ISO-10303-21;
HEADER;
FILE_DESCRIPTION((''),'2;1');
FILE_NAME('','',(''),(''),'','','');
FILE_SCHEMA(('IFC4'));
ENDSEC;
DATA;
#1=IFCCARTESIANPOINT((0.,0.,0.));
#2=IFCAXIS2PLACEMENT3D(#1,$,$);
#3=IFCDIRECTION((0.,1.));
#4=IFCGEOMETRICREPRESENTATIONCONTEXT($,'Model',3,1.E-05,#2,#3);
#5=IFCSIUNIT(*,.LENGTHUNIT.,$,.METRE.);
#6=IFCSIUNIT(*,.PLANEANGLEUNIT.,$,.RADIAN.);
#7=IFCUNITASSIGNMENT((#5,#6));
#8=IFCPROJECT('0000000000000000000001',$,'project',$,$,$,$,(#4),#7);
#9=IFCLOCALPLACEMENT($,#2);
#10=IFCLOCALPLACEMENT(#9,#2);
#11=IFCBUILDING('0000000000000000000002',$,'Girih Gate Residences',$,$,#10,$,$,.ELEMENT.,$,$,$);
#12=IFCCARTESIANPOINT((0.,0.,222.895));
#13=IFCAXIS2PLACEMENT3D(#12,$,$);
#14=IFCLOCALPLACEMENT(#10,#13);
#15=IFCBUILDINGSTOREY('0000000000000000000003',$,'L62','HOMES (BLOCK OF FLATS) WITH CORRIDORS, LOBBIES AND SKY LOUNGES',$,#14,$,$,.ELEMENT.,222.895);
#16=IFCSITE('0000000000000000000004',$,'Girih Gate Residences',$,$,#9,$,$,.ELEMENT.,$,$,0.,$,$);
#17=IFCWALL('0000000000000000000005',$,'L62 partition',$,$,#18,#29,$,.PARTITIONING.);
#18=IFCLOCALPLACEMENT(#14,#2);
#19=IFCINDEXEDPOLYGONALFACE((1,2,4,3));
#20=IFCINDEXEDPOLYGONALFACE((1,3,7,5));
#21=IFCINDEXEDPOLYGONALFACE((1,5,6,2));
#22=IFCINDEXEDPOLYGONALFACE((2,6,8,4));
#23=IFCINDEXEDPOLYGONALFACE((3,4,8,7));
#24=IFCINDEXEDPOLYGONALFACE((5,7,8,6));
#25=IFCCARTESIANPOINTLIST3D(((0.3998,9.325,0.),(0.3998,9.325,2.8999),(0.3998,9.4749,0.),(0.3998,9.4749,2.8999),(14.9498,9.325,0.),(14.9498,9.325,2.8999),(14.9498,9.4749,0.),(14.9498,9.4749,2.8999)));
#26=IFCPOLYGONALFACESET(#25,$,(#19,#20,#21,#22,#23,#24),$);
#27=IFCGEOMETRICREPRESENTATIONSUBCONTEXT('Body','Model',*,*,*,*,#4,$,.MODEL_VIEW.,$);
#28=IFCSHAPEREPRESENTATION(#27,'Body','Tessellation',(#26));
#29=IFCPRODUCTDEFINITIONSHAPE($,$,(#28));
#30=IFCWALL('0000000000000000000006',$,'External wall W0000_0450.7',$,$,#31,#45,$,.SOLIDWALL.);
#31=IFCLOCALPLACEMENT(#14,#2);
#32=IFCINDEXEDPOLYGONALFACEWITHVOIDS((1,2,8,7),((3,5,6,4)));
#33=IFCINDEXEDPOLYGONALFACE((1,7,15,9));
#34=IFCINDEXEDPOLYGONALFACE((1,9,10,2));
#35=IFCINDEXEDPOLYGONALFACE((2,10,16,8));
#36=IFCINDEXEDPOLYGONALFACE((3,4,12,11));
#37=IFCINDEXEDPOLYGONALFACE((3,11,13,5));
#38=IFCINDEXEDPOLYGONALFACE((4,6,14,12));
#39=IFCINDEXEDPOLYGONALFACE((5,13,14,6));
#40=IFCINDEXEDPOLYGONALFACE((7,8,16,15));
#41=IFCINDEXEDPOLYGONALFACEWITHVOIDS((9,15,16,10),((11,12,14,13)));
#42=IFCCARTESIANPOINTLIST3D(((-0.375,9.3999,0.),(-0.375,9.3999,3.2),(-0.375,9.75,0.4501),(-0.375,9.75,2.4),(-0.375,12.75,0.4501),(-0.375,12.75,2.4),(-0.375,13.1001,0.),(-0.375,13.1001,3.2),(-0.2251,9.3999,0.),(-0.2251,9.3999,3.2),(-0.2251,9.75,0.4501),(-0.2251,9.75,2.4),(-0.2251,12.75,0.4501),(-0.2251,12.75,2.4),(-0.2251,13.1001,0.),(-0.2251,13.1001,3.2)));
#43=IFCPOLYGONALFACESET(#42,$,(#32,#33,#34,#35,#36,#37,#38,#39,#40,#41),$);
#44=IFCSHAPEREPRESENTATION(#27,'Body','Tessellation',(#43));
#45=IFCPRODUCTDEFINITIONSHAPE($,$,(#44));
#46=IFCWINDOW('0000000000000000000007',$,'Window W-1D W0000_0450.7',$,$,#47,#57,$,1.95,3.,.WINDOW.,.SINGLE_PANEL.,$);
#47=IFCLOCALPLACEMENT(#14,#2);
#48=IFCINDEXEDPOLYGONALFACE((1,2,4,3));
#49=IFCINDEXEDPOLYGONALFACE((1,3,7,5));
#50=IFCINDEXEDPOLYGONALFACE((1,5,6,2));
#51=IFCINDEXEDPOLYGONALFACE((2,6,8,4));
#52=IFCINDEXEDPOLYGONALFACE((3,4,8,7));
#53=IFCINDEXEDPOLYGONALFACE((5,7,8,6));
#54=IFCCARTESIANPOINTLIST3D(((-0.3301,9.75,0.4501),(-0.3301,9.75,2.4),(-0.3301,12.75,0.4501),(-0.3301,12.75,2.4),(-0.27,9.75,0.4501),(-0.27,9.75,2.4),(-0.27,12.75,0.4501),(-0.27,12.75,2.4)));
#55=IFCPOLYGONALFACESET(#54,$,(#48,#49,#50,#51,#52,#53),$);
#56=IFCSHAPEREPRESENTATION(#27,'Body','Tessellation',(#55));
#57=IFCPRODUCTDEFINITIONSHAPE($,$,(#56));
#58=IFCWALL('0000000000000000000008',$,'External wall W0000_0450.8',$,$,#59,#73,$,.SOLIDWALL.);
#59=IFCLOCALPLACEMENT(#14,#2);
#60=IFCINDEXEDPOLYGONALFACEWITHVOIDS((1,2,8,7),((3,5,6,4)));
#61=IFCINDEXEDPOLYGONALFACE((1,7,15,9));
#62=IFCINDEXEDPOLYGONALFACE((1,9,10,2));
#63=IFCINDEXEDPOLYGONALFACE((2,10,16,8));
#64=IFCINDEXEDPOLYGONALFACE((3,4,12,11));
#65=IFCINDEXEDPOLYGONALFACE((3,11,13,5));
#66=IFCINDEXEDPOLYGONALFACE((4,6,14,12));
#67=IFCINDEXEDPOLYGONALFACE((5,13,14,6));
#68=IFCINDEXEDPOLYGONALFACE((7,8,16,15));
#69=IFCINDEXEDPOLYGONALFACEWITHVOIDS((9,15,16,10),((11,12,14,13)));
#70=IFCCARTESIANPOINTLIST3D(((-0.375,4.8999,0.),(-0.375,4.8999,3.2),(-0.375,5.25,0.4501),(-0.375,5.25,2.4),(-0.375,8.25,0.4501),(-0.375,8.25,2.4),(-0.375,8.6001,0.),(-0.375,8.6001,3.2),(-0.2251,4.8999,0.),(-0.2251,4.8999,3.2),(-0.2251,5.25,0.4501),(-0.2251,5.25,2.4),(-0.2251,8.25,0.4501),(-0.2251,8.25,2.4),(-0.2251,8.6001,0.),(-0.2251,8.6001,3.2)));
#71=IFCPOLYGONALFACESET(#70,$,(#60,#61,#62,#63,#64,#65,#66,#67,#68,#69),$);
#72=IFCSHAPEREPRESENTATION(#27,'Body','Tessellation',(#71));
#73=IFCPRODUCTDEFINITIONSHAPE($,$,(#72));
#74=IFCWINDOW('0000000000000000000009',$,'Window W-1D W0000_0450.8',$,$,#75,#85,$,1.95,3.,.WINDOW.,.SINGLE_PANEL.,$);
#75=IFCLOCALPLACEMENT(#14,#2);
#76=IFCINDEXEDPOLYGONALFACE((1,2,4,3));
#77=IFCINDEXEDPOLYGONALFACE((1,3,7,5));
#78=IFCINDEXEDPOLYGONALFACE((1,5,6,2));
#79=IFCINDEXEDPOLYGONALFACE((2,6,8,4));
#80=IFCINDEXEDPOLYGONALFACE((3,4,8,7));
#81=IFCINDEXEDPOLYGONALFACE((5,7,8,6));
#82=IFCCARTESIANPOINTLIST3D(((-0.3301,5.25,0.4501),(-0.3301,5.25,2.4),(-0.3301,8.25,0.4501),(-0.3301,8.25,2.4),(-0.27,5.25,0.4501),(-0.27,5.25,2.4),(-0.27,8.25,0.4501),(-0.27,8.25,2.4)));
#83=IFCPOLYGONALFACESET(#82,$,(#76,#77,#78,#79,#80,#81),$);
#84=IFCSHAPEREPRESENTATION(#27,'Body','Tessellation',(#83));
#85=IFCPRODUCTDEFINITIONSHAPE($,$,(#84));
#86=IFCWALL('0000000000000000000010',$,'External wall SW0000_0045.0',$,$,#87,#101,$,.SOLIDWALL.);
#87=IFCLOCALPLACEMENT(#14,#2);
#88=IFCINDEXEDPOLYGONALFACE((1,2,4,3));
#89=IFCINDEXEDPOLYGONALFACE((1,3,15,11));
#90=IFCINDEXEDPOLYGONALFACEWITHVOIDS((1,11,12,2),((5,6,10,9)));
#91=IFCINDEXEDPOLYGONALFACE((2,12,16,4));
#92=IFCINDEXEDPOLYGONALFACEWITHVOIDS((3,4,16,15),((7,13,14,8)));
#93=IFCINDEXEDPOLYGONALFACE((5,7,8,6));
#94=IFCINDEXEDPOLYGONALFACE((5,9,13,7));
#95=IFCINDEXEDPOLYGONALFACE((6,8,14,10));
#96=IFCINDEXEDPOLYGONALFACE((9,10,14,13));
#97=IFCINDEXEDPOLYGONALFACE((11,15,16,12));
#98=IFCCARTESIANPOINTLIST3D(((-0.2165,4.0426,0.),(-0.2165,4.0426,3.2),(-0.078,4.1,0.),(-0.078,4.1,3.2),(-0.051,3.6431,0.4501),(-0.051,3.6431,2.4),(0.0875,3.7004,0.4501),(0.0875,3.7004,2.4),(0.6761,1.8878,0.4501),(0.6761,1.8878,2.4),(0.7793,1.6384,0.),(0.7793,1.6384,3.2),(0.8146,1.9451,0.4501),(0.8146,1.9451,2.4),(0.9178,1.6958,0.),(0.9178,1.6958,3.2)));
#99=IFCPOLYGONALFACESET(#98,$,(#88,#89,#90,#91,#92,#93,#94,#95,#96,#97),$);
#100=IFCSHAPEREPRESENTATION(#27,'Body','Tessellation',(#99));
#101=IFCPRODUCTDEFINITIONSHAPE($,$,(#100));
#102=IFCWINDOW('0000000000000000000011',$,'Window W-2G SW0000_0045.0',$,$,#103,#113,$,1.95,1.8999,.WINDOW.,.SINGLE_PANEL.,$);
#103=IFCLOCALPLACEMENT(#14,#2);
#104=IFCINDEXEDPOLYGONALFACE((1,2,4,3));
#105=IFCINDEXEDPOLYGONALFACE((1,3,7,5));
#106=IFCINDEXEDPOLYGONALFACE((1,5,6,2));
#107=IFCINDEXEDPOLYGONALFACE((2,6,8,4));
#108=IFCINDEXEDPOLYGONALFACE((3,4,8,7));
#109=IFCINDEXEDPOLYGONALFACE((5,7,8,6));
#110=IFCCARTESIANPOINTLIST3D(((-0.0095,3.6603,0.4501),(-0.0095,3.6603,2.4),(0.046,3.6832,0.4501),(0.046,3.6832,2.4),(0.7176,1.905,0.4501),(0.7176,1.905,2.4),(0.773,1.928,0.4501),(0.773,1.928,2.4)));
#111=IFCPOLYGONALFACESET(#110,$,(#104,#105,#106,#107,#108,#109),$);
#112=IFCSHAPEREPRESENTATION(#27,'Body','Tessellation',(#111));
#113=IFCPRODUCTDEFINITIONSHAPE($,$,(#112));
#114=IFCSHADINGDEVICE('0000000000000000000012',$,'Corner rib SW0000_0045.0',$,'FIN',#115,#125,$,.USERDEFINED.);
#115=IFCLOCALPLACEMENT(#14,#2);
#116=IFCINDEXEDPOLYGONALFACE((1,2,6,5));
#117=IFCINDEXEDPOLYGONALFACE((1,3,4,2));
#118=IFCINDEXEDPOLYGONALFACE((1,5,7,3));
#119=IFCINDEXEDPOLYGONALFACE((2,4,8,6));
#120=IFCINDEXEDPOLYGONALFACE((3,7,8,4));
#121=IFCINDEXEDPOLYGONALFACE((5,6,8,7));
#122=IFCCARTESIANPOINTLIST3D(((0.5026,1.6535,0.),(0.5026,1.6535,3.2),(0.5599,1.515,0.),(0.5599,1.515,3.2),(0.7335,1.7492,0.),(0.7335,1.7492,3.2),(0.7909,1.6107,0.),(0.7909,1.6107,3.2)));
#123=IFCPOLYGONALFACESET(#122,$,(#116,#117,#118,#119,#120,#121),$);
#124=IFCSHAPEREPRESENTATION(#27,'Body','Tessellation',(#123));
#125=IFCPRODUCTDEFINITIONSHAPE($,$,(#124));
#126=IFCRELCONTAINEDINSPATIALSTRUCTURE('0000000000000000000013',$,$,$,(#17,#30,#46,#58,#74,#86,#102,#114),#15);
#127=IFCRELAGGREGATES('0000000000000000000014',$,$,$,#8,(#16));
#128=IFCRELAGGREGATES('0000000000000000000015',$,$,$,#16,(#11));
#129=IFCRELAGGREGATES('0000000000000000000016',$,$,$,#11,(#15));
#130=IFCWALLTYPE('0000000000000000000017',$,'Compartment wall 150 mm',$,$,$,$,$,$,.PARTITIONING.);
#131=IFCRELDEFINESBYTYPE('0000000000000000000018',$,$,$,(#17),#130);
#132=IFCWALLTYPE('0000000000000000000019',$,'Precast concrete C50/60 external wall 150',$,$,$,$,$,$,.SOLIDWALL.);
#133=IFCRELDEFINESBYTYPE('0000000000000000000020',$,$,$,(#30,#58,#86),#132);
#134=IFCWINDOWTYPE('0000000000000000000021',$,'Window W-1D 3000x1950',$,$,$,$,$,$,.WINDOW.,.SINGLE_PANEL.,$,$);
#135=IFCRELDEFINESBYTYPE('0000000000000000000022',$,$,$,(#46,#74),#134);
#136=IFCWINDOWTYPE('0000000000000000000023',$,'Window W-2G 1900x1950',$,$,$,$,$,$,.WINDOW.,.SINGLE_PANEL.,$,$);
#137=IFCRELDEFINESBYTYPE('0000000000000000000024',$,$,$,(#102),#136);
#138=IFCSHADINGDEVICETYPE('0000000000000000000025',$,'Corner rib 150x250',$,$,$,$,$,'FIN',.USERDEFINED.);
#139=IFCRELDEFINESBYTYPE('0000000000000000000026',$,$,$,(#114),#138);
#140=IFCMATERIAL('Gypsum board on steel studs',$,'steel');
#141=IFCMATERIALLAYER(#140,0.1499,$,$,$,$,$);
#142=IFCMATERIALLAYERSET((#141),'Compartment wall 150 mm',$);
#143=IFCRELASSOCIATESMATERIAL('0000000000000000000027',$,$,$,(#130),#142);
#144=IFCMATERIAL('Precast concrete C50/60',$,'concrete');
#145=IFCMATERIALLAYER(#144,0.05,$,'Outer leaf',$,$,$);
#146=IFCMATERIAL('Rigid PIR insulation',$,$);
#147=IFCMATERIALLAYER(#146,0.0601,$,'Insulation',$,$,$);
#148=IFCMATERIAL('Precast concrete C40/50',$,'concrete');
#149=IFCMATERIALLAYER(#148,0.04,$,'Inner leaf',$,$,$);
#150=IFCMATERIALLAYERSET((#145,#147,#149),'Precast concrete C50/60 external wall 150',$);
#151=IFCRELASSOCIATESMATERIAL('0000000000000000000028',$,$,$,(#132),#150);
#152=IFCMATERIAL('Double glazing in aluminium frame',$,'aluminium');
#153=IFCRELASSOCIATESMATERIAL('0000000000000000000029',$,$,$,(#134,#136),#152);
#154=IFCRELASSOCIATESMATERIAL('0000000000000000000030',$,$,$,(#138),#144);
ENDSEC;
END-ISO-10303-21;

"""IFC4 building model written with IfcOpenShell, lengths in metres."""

from ifc_helpers import new_model, si_unit, direction, frame, frame_2d, origin, origin_2d, place, context, subcontext, project, spatial, rectangle, extrude, material, layer, layer_set, type_object, element, fill, save


model = new_model("IFC4")

# Units and contexts
model_context = context("Model", 3, precision=1e-05, world=origin(), true_north=direction((0.0, 1.0)))
body_context = subcontext(model_context, "Body", "Model", "MODEL_VIEW")
ifc_project = project(units=[si_unit("LENGTHUNIT", "METRE"), si_unit("PLANEANGLEUNIT", "RADIAN")], contexts=[model_context])

# Site, building, storey
site_placement = place(None, origin())
site = spatial("IfcSite", under=ifc_project, at=site_placement, Name="Girih Gate Residences", CompositionType="ELEMENT", RefElevation=0.0)
building_placement = place(site_placement, origin())
building = spatial("IfcBuilding", under=site, at=building_placement, Name="Girih Gate Residences", CompositionType="ELEMENT")
storey_placement = place(building_placement, frame((0.0, 0.0, 222.895)))
storey = spatial("IfcBuildingStorey", under=building, at=storey_placement, Name="L62", Description="HOMES (BLOCK OF FLATS) WITH CORRIDORS, LOBBIES AND SKY LOUNGES", CompositionType="ELEMENT", Elevation=222.895)

# Wall
ifc_material_1 = material(Name="Gypsum board on steel studs", Category="steel")
ifc_layer_1 = layer(ifc_material_1, 0.1499)
ifc_layer_set_1 = layer_set([ifc_layer_1], Name="Compartment wall 150 mm")
wall_type_1 = type_object("IfcWallType", Name="Compartment wall 150 mm", PredefinedType="PARTITIONING", material=ifc_layer_set_1)
wall_1_placement = place(storey_placement, frame((0.3999, 9.3999, 0.0), z_axis=(0.0, 0.0, 1.0), x_axis=(1.0, 0.0, 0.0)))
element("IfcWall", 1, at=wall_1_placement, inside=storey, type_object=wall_type_1, Name="L62 partition", PredefinedType="PARTITIONING", context=body_context, shape_type="SweptSolid", body=[
    extrude(rectangle(XDim=14.55, YDim=0.1499, at=frame_2d((7.2749, 0.0))), origin(), (0.0, 0.0, 1.0), 2.8999),
])

# Walls, openings, windows
ifc_material_2 = material(Name="Precast concrete C50/60", Category="concrete")
ifc_layer_2 = layer(ifc_material_2, 0.05, Name="Outer leaf")
ifc_material_3 = material(Name="Rigid PIR insulation")
ifc_layer_3 = layer(ifc_material_3, 0.0601, Name="Insulation")
ifc_material_4 = material(Name="Precast concrete C40/50", Category="concrete")
ifc_layer_4 = layer(ifc_material_4, 0.04, Name="Inner leaf")
ifc_layer_set_2 = layer_set([ifc_layer_2, ifc_layer_3, ifc_layer_4], Name="Precast concrete C50/60 external wall 150")
wall_type_2 = type_object("IfcWallType", Name="Precast concrete C50/60 external wall 150", PredefinedType="SOLIDWALL", material=ifc_layer_set_2)
wall_2_placement = place(storey_placement, frame((-0.3, 9.3999, 0.0), z_axis=(0.0, 0.0, 1.0), x_axis=(0.0, 1.0, 0.0)))
wall_2 = element("IfcWall", 2, at=wall_2_placement, inside=storey, type_object=wall_type_2, Name="External wall W0000_0450.7", PredefinedType="SOLIDWALL", context=body_context, shape_type="SweptSolid", body=[
    extrude(rectangle(XDim=3.7002, YDim=0.1499, at=frame_2d((1.8501, 0.0))), origin(), (0.0, 0.0, 1.0), 3.2),
])
opening_1_placement = place(wall_2_placement, frame((0.3501, 0.0, 0.45)))
opening_1 = element("IfcOpeningElement", 3, at=opening_1_placement, cuts=wall_2, PredefinedType="OPENING", context=body_context, shape_type="SweptSolid", body=[
    extrude(rectangle(XDim=3.0, YDim=1.95, at=frame_2d((1.5, 0.9751))), frame((0.0, 0.085, 0.0), z_axis=(0.0, -1.0, 0.0), x_axis=(1.0, 0.0, 0.0)), (0.0, 0.0, 1.0), 0.1699),
])
ifc_material_5 = material(Name="Double glazing in aluminium frame", Category="aluminium")
window_type_1 = type_object("IfcWindowType", Name="Window W-1D 3000x1950", PartitioningType="SINGLE_PANEL", PredefinedType="WINDOW", material=ifc_material_5)
window_1_placement = place(opening_1_placement, origin())
window_1 = element("IfcWindow", 4, at=window_1_placement, inside=storey, type_object=window_type_1, Name="Window W-1D W0000_0450.7", OverallHeight=1.95, OverallWidth=3.0, PartitioningType="SINGLE_PANEL", PredefinedType="WINDOW", context=body_context, shape_type="SweptSolid", body=[
    extrude(rectangle(XDim=3.0, YDim=1.95, at=frame_2d((1.5, 0.9751))), frame((0.0, 0.03, 0.0), z_axis=(0.0, -1.0, 0.0), x_axis=(1.0, 0.0, 0.0)), (0.0, 0.0, 1.0), 0.0601),
])
fill(opening_1, window_1)
wall_3_placement = place(storey_placement, frame((-0.3, 4.8999, 0.0), z_axis=(0.0, 0.0, 1.0), x_axis=(0.0, 1.0, 0.0)))
wall_3 = element("IfcWall", 5, at=wall_3_placement, inside=storey, type_object=wall_type_2, Name="External wall W0000_0450.8", PredefinedType="SOLIDWALL", context=body_context, shape_type="SweptSolid", body=[
    extrude(rectangle(XDim=3.7002, YDim=0.1499, at=frame_2d((1.8501, 0.0))), origin(), (0.0, 0.0, 1.0), 3.2),
])
opening_2_placement = place(wall_3_placement, frame((0.3501, 0.0, 0.45)))
opening_2 = element("IfcOpeningElement", 6, at=opening_2_placement, cuts=wall_3, PredefinedType="OPENING", context=body_context, shape_type="SweptSolid", body=[
    extrude(rectangle(XDim=3.0, YDim=1.95, at=frame_2d((1.5, 0.9751))), frame((0.0, 0.085, 0.0), z_axis=(0.0, -1.0, 0.0), x_axis=(1.0, 0.0, 0.0)), (0.0, 0.0, 1.0), 0.1699),
])
window_2_placement = place(opening_2_placement, origin())
window_2 = element("IfcWindow", 7, at=window_2_placement, inside=storey, type_object=window_type_1, Name="Window W-1D W0000_0450.8", OverallHeight=1.95, OverallWidth=3.0, PartitioningType="SINGLE_PANEL", PredefinedType="WINDOW", context=body_context, shape_type="SweptSolid", body=[
    extrude(rectangle(XDim=3.0, YDim=1.95, at=frame_2d((1.5, 0.9751))), frame((0.0, 0.03, 0.0), z_axis=(0.0, -1.0, 0.0), x_axis=(1.0, 0.0, 0.0)), (0.0, 0.0, 1.0), 0.0601),
])
fill(opening_2, window_2)
wall_4_placement = place(storey_placement, frame((0.8486, 1.667, 0.0), z_axis=(0.0, 0.0, 1.0), x_axis=(-0.382669, 0.923885, 0.0)))
wall_4 = element("IfcWall", 8, at=wall_4_placement, inside=storey, type_object=wall_type_2, Name="External wall SW0000_0045.0", PredefinedType="SOLIDWALL", context=body_context, shape_type="SweptSolid", body=[
    extrude(rectangle(XDim=2.6023, YDim=0.1499, at=frame_2d((1.3013, 0.0))), origin(), (0.0, 0.0, 1.0), 3.2),
])
opening_3_placement = place(wall_4_placement, frame((0.27, 0.0, 0.45)))
opening_3 = element("IfcOpeningElement", 9, at=opening_3_placement, cuts=wall_4, PredefinedType="OPENING", context=body_context, shape_type="SweptSolid", body=[
    extrude(rectangle(XDim=1.8999, YDim=1.95, at=frame_2d((0.95, 0.9751))), frame((0.0, 0.085, 0.0), z_axis=(0.0, -1.0, 0.0), x_axis=(1.0, 0.0, 0.0)), (0.0, 0.0, 1.0), 0.1699),
])
window_type_2 = type_object("IfcWindowType", Name="Window W-2G 1900x1950", PartitioningType="SINGLE_PANEL", PredefinedType="WINDOW", material=ifc_material_5)
window_3_placement = place(opening_3_placement, origin())
window_3 = element("IfcWindow", 10, at=window_3_placement, inside=storey, type_object=window_type_2, Name="Window W-2G SW0000_0045.0", OverallHeight=1.95, OverallWidth=1.8999, PartitioningType="SINGLE_PANEL", PredefinedType="WINDOW", context=body_context, shape_type="SweptSolid", body=[
    extrude(rectangle(XDim=1.8999, YDim=1.95, at=frame_2d((0.95, 0.9751))), frame((0.0, 0.03, 0.0), z_axis=(0.0, -1.0, 0.0), x_axis=(1.0, 0.0, 0.0)), (0.0, 0.0, 1.0), 0.0601),
])
fill(opening_3, window_3)

# Shading device
shading_device_type = type_object("IfcShadingDeviceType", Name="Corner rib 150x250", ElementType="FIN", PredefinedType="USERDEFINED", material=ifc_material_2)
shading_device_placement = place(storey_placement, frame((0.6467, 1.6321, 0.0), z_axis=(0.0, 0.0, 1.0), x_axis=(0.382683, -0.92388, 0.0)))
element("IfcShadingDevice", 11, at=shading_device_placement, inside=storey, type_object=shading_device_type, Name="Corner rib SW0000_0045.0", ObjectType="FIN", PredefinedType="USERDEFINED", context=body_context, shape_type="SweptSolid", body=[
    extrude(rectangle(XDim=0.1499, YDim=0.25, at=origin_2d()), origin(), (0.0, 0.0, 1.0), 3.2),
])

save(model, "model.ifc")
